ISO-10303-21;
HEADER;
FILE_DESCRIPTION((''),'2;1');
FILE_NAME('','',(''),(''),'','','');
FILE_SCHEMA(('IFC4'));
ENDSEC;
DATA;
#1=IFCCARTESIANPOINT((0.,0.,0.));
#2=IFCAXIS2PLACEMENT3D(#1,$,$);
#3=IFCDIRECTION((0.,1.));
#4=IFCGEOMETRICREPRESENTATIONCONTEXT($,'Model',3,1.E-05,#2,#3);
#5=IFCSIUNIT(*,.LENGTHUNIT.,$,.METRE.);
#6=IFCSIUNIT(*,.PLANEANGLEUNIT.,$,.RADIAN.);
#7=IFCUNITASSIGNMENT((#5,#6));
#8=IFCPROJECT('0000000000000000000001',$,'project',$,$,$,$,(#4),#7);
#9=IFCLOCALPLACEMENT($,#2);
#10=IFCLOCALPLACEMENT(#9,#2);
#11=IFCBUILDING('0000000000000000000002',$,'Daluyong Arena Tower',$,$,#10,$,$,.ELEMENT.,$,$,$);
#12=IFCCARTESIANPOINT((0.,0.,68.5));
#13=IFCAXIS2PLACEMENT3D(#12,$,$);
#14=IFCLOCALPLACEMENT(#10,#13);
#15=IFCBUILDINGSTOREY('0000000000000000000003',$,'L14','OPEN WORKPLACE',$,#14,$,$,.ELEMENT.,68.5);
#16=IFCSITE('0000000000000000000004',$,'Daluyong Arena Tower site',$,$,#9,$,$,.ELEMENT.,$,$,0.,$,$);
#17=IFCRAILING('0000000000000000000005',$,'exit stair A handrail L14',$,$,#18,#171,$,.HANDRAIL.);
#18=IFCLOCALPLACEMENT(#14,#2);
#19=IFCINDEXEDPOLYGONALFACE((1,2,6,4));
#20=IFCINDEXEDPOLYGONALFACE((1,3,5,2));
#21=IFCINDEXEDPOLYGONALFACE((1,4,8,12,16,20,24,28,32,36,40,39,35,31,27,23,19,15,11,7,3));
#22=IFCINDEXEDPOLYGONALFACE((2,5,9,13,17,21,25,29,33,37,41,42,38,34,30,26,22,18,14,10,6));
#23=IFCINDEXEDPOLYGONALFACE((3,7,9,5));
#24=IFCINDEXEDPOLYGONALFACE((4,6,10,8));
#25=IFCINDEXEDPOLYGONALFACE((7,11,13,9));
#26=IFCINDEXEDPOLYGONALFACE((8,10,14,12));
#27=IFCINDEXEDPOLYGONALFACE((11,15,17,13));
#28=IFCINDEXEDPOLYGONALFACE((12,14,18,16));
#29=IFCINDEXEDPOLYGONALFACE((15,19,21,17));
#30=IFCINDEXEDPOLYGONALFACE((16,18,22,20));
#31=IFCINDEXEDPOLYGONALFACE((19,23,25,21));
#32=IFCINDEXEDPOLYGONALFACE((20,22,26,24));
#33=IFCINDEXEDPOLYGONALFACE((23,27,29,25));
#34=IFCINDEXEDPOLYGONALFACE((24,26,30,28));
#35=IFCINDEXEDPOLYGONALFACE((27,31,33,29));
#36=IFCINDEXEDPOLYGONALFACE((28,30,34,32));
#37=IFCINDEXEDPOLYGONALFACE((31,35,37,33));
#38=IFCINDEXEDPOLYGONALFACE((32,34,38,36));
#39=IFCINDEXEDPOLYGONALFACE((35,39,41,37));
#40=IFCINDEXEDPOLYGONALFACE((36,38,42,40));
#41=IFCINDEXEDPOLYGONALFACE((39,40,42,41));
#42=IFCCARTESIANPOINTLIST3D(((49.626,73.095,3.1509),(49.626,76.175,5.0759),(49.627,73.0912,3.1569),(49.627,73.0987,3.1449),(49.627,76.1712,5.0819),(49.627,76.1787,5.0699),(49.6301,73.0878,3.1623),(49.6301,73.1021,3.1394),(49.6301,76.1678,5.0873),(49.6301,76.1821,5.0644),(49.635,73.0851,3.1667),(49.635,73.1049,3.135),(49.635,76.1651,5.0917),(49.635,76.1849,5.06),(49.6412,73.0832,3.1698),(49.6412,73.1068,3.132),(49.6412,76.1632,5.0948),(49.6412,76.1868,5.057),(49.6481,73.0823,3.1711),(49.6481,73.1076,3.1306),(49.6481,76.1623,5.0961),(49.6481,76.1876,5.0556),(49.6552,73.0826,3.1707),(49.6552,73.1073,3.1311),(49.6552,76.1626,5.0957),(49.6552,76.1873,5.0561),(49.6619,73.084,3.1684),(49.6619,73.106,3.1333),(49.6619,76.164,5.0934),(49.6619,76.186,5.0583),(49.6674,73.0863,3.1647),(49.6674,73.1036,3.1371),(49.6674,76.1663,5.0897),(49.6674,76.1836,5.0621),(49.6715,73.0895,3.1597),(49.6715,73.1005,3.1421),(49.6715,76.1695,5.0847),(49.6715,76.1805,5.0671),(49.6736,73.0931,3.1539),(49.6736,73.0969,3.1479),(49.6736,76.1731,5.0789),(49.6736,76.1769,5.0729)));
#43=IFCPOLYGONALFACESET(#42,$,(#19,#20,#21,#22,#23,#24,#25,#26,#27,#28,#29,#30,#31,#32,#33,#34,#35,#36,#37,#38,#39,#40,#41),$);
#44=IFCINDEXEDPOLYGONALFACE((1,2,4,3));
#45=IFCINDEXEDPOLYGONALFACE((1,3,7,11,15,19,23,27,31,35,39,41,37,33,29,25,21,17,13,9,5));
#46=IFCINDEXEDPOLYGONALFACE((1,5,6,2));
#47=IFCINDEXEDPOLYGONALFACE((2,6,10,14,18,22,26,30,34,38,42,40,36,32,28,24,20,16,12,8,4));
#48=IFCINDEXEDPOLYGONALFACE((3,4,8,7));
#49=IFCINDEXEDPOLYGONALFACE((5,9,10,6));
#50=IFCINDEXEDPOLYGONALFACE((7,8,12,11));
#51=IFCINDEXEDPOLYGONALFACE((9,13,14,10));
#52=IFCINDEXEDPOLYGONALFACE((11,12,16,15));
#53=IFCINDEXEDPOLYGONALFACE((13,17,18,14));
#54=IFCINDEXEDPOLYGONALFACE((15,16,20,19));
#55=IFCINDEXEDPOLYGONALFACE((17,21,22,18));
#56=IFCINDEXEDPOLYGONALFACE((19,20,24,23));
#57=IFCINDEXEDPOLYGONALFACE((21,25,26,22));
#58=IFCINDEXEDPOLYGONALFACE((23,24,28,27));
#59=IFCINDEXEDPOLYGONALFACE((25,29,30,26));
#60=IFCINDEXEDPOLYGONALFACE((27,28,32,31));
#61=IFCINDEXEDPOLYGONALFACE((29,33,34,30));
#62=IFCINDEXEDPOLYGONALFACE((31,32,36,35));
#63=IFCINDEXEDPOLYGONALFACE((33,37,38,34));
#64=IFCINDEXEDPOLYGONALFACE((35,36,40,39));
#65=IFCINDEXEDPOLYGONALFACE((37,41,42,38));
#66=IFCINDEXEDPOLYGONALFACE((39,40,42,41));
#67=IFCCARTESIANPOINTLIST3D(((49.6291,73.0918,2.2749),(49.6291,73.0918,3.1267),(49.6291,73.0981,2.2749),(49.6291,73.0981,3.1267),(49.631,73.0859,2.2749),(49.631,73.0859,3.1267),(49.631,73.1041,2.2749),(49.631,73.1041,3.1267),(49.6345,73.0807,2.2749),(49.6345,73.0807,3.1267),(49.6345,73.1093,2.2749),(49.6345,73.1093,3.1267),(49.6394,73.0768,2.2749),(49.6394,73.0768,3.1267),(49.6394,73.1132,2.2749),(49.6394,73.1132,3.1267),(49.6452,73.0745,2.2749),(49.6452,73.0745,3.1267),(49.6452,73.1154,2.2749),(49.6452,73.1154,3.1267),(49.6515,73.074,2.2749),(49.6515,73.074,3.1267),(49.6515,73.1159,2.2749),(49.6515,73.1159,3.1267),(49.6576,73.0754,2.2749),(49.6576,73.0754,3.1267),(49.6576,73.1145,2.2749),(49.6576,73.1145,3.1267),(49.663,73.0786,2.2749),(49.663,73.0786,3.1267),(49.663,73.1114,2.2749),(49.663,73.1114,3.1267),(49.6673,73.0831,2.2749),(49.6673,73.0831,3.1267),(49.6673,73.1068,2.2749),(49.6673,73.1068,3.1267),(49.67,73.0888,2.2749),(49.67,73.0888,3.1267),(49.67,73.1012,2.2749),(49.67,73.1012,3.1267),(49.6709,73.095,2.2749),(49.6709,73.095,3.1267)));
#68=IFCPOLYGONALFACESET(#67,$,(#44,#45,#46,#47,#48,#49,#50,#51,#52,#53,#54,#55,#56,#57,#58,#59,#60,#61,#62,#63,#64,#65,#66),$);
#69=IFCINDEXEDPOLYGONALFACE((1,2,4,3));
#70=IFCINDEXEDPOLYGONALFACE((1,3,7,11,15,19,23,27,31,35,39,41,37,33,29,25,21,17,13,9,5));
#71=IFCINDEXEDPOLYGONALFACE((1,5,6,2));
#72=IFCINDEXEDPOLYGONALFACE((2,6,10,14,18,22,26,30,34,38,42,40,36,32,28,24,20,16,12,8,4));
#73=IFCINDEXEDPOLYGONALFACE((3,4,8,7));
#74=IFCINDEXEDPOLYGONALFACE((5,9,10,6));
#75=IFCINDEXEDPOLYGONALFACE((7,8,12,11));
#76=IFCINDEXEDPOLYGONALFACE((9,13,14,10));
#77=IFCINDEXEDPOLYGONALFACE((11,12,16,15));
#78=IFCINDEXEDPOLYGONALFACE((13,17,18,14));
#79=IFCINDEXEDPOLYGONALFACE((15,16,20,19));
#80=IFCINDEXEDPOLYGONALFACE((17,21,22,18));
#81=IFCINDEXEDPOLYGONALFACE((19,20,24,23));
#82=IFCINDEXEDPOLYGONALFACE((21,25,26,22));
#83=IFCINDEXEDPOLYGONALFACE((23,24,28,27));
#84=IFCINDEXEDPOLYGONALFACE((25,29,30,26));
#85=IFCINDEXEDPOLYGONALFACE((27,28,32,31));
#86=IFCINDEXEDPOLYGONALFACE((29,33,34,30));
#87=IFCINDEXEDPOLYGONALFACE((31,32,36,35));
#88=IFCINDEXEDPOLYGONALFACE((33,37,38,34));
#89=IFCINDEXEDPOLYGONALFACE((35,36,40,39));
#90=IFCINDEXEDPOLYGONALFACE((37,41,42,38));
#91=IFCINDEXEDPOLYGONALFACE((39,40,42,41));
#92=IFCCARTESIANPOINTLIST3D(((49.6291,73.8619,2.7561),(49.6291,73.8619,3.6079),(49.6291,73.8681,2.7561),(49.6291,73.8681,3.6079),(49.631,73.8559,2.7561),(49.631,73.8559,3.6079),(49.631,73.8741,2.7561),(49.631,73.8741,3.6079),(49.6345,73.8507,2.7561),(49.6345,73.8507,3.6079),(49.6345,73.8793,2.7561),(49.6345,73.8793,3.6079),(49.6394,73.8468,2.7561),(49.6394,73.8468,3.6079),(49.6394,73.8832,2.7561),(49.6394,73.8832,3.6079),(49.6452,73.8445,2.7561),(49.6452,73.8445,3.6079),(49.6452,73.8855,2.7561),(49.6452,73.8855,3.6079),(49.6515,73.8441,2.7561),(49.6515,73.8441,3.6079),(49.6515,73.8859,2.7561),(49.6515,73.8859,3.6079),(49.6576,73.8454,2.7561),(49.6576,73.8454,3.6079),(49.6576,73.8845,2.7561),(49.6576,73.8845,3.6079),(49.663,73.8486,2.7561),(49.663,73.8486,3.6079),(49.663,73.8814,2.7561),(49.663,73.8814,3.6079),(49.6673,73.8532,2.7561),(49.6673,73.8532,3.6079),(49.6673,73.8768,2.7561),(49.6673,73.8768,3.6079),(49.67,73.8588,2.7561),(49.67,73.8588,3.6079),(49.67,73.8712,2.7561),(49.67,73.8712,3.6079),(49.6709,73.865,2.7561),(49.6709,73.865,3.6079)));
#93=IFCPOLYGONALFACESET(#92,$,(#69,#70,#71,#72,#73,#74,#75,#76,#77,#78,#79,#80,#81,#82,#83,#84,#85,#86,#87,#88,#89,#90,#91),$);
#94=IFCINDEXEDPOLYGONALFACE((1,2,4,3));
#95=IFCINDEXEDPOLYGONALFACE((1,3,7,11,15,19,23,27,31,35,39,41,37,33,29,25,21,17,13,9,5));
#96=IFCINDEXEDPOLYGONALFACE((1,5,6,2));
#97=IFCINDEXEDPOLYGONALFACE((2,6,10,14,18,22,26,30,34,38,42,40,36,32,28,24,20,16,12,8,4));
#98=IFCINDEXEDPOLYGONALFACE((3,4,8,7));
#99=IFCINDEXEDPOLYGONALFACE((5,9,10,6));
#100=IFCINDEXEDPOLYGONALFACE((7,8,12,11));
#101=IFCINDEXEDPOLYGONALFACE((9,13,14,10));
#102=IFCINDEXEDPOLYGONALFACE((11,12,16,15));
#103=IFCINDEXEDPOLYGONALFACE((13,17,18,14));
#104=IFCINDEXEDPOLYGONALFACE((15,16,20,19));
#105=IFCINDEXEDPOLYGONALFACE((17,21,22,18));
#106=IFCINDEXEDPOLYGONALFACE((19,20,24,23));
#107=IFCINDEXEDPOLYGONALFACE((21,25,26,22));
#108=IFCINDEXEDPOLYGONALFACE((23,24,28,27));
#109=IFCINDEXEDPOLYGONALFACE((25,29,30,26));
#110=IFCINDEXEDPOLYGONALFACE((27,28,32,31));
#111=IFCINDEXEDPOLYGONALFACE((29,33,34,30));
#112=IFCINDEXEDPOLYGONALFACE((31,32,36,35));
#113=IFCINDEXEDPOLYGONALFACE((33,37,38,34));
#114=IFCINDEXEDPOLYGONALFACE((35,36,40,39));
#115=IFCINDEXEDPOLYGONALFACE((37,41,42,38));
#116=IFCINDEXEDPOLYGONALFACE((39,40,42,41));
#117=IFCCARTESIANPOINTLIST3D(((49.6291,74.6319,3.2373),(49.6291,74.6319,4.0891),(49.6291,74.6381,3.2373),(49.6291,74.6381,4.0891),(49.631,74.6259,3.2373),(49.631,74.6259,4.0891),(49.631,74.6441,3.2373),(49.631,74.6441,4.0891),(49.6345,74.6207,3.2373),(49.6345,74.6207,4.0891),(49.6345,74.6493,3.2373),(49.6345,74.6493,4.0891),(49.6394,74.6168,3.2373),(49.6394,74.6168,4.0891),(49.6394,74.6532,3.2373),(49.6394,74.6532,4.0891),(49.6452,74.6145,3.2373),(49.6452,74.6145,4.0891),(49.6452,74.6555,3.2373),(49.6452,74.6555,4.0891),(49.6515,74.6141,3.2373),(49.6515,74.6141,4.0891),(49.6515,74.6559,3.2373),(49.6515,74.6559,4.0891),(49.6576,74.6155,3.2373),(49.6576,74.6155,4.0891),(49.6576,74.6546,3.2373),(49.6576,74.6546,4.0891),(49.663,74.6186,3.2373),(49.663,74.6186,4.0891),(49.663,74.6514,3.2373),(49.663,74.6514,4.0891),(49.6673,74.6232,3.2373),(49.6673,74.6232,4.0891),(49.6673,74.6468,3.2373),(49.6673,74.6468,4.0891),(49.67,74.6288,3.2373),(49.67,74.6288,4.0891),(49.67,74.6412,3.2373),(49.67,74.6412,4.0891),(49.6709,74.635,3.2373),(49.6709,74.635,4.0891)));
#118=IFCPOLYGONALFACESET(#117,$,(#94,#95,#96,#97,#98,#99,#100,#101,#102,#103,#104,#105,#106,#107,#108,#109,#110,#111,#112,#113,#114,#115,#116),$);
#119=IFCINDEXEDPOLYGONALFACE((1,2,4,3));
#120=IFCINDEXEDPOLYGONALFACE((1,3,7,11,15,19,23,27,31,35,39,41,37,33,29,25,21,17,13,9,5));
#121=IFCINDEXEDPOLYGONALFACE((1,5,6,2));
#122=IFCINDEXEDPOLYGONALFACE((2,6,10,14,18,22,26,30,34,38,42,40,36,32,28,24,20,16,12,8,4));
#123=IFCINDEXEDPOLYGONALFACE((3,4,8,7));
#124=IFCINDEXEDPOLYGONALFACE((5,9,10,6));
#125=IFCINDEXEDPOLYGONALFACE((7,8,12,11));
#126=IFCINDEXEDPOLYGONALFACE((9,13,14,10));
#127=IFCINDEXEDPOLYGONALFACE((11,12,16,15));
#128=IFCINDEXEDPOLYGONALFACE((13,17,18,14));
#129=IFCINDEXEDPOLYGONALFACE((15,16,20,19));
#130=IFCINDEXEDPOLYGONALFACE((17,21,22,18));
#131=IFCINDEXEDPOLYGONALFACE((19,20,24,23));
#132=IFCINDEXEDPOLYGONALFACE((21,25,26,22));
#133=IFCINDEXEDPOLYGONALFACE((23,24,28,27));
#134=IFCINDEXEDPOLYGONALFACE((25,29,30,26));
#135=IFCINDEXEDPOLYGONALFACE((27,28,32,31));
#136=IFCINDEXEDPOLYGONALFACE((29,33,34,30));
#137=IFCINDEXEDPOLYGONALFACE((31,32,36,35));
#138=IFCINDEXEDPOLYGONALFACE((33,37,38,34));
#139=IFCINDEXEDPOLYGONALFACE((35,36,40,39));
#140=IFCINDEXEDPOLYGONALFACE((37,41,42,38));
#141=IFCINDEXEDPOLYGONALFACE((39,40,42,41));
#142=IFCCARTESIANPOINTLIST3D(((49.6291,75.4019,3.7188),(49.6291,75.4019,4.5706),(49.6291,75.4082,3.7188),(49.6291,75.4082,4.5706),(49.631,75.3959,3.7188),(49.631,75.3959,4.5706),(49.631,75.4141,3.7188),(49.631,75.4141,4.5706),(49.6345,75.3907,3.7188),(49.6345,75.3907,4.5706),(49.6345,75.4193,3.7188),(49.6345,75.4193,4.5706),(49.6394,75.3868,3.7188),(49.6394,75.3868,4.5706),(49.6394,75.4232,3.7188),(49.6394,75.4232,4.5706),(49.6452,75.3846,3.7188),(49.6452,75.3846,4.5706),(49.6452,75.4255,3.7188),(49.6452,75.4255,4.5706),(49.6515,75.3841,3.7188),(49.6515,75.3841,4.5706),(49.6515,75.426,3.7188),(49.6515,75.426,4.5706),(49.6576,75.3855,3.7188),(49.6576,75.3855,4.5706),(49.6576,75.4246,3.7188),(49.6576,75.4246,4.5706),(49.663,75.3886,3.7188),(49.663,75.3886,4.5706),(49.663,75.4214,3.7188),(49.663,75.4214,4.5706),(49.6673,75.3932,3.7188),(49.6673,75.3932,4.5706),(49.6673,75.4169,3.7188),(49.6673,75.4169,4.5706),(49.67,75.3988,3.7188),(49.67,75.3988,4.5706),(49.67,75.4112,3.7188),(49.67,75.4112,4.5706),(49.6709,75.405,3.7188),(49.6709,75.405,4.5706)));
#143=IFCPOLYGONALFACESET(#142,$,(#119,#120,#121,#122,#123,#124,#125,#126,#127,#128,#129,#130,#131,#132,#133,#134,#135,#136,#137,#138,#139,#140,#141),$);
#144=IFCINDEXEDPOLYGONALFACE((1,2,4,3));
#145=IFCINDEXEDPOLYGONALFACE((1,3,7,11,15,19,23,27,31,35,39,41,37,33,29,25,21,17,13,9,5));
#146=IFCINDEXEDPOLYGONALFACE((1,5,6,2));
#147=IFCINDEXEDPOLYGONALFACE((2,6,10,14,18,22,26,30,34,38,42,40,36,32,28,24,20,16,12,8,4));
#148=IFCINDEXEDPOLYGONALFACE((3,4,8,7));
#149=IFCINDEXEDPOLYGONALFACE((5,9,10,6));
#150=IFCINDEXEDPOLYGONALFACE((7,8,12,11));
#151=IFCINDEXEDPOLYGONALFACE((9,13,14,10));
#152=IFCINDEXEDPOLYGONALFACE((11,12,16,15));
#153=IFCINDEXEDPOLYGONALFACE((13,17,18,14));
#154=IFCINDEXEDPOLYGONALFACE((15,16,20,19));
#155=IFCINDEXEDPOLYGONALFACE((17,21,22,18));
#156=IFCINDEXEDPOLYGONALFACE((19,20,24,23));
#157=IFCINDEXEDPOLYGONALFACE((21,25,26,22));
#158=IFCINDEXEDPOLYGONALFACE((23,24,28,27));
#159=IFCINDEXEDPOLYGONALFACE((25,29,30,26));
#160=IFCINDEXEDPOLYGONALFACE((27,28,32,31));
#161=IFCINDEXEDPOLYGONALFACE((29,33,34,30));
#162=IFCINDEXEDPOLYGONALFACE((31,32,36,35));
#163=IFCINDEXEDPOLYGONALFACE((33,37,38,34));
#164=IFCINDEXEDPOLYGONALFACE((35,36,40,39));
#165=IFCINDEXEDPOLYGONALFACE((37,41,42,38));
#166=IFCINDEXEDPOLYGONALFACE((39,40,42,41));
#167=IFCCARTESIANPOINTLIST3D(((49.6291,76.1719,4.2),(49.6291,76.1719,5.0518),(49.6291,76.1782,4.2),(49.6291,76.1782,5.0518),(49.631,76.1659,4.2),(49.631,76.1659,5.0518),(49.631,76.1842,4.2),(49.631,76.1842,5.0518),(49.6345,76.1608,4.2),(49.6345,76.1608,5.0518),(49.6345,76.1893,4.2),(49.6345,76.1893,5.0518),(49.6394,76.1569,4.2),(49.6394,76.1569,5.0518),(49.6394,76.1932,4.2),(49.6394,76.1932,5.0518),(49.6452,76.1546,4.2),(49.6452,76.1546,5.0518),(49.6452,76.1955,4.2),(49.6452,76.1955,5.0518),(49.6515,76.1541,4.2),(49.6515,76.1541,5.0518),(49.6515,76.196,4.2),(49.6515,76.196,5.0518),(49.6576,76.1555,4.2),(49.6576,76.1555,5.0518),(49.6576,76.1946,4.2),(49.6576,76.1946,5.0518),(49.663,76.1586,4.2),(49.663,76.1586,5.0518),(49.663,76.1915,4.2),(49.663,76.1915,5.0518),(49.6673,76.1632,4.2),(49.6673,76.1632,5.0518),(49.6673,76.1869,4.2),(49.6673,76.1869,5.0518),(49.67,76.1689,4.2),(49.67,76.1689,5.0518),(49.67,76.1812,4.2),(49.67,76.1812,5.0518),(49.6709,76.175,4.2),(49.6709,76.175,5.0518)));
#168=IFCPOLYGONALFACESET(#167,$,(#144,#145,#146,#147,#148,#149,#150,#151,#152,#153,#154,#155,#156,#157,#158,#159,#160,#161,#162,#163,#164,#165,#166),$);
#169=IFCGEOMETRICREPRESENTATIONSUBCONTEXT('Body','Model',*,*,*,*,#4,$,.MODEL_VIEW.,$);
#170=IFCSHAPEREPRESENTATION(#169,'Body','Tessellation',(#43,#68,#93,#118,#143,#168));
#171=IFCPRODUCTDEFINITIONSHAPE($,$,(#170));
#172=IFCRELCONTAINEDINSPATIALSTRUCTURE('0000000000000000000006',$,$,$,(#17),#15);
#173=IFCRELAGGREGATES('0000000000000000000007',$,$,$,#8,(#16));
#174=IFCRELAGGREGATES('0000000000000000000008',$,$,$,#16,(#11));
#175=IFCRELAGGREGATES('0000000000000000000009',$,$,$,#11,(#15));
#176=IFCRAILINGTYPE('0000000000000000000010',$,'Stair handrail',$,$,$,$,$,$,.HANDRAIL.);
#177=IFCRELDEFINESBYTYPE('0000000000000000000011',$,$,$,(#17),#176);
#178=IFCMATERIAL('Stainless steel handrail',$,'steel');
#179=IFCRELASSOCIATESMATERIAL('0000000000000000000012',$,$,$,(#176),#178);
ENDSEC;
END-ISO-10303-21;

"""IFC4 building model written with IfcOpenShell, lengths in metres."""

from ifc_helpers import new_model, si_unit, direction, frame, origin, origin_2d, place, context, subcontext, project, spatial, circle, extrude, material, type_object, element, save


model = new_model("IFC4")

# Units and contexts
model_context = context("Model", 3, precision=1e-05, world=origin(), true_north=direction((0.0, 1.0)))
body_context = subcontext(model_context, "Body", "Model", "MODEL_VIEW")
ifc_project = project(units=[si_unit("LENGTHUNIT", "METRE"), si_unit("PLANEANGLEUNIT", "RADIAN")], contexts=[model_context])

# Site, building, storey
site_placement = place(None, origin())
site = spatial("IfcSite", under=ifc_project, at=site_placement, Name="Daluyong Arena Tower site", CompositionType="ELEMENT", RefElevation=0.0)
building_placement = place(site_placement, origin())
building = spatial("IfcBuilding", under=site, at=building_placement, Name="Daluyong Arena Tower", CompositionType="ELEMENT")
storey_placement = place(building_placement, frame((0.0, 0.0, 68.5)))
storey = spatial("IfcBuildingStorey", under=building, at=storey_placement, Name="L14", Description="OPEN WORKPLACE", CompositionType="ELEMENT", Elevation=68.5)

# Railing
ifc_material_1 = material(Name="Stainless steel handrail", Category="steel")
railing_type_1 = type_object("IfcRailingType", Name="Stair handrail", PredefinedType="HANDRAIL", material=ifc_material_1)
railing_1_placement = place(storey_placement, frame((49.6499, 73.095, 2.2749)))
element("IfcRailing", 1, at=railing_1_placement, inside=storey, type_object=railing_type_1, Name="exit stair A handrail L14", PredefinedType="HANDRAIL", context=body_context, shape_type="SweptSolid", body=[
    extrude(circle(Radius=0.0239, at=origin_2d()), frame((0.0, 0.0, 0.876), z_axis=(0.0, 0.847998, 0.529999), x_axis=(-1.0, 0.0, 0.0)), (0.0, 0.0, 1.0), 3.6321),
    extrude(circle(Radius=0.021, at=origin_2d()), origin(), (0.0, 0.0, 1.0), 0.8518),
    extrude(circle(Radius=0.021, at=origin_2d()), frame((0.0, 0.77, 0.4812)), (0.0, 0.0, 1.0), 0.8518),
    extrude(circle(Radius=0.021, at=origin_2d()), frame((0.0, 1.54, 0.9624)), (0.0, 0.0, 1.0), 0.8518),
    extrude(circle(Radius=0.021, at=origin_2d()), frame((0.0, 2.3101, 1.4438)), (0.0, 0.0, 1.0), 0.8518),
    extrude(circle(Radius=0.021, at=origin_2d()), frame((0.0, 3.0801, 1.925)), (0.0, 0.0, 1.0), 0.8518),
])

save(model, "model.ifc")
